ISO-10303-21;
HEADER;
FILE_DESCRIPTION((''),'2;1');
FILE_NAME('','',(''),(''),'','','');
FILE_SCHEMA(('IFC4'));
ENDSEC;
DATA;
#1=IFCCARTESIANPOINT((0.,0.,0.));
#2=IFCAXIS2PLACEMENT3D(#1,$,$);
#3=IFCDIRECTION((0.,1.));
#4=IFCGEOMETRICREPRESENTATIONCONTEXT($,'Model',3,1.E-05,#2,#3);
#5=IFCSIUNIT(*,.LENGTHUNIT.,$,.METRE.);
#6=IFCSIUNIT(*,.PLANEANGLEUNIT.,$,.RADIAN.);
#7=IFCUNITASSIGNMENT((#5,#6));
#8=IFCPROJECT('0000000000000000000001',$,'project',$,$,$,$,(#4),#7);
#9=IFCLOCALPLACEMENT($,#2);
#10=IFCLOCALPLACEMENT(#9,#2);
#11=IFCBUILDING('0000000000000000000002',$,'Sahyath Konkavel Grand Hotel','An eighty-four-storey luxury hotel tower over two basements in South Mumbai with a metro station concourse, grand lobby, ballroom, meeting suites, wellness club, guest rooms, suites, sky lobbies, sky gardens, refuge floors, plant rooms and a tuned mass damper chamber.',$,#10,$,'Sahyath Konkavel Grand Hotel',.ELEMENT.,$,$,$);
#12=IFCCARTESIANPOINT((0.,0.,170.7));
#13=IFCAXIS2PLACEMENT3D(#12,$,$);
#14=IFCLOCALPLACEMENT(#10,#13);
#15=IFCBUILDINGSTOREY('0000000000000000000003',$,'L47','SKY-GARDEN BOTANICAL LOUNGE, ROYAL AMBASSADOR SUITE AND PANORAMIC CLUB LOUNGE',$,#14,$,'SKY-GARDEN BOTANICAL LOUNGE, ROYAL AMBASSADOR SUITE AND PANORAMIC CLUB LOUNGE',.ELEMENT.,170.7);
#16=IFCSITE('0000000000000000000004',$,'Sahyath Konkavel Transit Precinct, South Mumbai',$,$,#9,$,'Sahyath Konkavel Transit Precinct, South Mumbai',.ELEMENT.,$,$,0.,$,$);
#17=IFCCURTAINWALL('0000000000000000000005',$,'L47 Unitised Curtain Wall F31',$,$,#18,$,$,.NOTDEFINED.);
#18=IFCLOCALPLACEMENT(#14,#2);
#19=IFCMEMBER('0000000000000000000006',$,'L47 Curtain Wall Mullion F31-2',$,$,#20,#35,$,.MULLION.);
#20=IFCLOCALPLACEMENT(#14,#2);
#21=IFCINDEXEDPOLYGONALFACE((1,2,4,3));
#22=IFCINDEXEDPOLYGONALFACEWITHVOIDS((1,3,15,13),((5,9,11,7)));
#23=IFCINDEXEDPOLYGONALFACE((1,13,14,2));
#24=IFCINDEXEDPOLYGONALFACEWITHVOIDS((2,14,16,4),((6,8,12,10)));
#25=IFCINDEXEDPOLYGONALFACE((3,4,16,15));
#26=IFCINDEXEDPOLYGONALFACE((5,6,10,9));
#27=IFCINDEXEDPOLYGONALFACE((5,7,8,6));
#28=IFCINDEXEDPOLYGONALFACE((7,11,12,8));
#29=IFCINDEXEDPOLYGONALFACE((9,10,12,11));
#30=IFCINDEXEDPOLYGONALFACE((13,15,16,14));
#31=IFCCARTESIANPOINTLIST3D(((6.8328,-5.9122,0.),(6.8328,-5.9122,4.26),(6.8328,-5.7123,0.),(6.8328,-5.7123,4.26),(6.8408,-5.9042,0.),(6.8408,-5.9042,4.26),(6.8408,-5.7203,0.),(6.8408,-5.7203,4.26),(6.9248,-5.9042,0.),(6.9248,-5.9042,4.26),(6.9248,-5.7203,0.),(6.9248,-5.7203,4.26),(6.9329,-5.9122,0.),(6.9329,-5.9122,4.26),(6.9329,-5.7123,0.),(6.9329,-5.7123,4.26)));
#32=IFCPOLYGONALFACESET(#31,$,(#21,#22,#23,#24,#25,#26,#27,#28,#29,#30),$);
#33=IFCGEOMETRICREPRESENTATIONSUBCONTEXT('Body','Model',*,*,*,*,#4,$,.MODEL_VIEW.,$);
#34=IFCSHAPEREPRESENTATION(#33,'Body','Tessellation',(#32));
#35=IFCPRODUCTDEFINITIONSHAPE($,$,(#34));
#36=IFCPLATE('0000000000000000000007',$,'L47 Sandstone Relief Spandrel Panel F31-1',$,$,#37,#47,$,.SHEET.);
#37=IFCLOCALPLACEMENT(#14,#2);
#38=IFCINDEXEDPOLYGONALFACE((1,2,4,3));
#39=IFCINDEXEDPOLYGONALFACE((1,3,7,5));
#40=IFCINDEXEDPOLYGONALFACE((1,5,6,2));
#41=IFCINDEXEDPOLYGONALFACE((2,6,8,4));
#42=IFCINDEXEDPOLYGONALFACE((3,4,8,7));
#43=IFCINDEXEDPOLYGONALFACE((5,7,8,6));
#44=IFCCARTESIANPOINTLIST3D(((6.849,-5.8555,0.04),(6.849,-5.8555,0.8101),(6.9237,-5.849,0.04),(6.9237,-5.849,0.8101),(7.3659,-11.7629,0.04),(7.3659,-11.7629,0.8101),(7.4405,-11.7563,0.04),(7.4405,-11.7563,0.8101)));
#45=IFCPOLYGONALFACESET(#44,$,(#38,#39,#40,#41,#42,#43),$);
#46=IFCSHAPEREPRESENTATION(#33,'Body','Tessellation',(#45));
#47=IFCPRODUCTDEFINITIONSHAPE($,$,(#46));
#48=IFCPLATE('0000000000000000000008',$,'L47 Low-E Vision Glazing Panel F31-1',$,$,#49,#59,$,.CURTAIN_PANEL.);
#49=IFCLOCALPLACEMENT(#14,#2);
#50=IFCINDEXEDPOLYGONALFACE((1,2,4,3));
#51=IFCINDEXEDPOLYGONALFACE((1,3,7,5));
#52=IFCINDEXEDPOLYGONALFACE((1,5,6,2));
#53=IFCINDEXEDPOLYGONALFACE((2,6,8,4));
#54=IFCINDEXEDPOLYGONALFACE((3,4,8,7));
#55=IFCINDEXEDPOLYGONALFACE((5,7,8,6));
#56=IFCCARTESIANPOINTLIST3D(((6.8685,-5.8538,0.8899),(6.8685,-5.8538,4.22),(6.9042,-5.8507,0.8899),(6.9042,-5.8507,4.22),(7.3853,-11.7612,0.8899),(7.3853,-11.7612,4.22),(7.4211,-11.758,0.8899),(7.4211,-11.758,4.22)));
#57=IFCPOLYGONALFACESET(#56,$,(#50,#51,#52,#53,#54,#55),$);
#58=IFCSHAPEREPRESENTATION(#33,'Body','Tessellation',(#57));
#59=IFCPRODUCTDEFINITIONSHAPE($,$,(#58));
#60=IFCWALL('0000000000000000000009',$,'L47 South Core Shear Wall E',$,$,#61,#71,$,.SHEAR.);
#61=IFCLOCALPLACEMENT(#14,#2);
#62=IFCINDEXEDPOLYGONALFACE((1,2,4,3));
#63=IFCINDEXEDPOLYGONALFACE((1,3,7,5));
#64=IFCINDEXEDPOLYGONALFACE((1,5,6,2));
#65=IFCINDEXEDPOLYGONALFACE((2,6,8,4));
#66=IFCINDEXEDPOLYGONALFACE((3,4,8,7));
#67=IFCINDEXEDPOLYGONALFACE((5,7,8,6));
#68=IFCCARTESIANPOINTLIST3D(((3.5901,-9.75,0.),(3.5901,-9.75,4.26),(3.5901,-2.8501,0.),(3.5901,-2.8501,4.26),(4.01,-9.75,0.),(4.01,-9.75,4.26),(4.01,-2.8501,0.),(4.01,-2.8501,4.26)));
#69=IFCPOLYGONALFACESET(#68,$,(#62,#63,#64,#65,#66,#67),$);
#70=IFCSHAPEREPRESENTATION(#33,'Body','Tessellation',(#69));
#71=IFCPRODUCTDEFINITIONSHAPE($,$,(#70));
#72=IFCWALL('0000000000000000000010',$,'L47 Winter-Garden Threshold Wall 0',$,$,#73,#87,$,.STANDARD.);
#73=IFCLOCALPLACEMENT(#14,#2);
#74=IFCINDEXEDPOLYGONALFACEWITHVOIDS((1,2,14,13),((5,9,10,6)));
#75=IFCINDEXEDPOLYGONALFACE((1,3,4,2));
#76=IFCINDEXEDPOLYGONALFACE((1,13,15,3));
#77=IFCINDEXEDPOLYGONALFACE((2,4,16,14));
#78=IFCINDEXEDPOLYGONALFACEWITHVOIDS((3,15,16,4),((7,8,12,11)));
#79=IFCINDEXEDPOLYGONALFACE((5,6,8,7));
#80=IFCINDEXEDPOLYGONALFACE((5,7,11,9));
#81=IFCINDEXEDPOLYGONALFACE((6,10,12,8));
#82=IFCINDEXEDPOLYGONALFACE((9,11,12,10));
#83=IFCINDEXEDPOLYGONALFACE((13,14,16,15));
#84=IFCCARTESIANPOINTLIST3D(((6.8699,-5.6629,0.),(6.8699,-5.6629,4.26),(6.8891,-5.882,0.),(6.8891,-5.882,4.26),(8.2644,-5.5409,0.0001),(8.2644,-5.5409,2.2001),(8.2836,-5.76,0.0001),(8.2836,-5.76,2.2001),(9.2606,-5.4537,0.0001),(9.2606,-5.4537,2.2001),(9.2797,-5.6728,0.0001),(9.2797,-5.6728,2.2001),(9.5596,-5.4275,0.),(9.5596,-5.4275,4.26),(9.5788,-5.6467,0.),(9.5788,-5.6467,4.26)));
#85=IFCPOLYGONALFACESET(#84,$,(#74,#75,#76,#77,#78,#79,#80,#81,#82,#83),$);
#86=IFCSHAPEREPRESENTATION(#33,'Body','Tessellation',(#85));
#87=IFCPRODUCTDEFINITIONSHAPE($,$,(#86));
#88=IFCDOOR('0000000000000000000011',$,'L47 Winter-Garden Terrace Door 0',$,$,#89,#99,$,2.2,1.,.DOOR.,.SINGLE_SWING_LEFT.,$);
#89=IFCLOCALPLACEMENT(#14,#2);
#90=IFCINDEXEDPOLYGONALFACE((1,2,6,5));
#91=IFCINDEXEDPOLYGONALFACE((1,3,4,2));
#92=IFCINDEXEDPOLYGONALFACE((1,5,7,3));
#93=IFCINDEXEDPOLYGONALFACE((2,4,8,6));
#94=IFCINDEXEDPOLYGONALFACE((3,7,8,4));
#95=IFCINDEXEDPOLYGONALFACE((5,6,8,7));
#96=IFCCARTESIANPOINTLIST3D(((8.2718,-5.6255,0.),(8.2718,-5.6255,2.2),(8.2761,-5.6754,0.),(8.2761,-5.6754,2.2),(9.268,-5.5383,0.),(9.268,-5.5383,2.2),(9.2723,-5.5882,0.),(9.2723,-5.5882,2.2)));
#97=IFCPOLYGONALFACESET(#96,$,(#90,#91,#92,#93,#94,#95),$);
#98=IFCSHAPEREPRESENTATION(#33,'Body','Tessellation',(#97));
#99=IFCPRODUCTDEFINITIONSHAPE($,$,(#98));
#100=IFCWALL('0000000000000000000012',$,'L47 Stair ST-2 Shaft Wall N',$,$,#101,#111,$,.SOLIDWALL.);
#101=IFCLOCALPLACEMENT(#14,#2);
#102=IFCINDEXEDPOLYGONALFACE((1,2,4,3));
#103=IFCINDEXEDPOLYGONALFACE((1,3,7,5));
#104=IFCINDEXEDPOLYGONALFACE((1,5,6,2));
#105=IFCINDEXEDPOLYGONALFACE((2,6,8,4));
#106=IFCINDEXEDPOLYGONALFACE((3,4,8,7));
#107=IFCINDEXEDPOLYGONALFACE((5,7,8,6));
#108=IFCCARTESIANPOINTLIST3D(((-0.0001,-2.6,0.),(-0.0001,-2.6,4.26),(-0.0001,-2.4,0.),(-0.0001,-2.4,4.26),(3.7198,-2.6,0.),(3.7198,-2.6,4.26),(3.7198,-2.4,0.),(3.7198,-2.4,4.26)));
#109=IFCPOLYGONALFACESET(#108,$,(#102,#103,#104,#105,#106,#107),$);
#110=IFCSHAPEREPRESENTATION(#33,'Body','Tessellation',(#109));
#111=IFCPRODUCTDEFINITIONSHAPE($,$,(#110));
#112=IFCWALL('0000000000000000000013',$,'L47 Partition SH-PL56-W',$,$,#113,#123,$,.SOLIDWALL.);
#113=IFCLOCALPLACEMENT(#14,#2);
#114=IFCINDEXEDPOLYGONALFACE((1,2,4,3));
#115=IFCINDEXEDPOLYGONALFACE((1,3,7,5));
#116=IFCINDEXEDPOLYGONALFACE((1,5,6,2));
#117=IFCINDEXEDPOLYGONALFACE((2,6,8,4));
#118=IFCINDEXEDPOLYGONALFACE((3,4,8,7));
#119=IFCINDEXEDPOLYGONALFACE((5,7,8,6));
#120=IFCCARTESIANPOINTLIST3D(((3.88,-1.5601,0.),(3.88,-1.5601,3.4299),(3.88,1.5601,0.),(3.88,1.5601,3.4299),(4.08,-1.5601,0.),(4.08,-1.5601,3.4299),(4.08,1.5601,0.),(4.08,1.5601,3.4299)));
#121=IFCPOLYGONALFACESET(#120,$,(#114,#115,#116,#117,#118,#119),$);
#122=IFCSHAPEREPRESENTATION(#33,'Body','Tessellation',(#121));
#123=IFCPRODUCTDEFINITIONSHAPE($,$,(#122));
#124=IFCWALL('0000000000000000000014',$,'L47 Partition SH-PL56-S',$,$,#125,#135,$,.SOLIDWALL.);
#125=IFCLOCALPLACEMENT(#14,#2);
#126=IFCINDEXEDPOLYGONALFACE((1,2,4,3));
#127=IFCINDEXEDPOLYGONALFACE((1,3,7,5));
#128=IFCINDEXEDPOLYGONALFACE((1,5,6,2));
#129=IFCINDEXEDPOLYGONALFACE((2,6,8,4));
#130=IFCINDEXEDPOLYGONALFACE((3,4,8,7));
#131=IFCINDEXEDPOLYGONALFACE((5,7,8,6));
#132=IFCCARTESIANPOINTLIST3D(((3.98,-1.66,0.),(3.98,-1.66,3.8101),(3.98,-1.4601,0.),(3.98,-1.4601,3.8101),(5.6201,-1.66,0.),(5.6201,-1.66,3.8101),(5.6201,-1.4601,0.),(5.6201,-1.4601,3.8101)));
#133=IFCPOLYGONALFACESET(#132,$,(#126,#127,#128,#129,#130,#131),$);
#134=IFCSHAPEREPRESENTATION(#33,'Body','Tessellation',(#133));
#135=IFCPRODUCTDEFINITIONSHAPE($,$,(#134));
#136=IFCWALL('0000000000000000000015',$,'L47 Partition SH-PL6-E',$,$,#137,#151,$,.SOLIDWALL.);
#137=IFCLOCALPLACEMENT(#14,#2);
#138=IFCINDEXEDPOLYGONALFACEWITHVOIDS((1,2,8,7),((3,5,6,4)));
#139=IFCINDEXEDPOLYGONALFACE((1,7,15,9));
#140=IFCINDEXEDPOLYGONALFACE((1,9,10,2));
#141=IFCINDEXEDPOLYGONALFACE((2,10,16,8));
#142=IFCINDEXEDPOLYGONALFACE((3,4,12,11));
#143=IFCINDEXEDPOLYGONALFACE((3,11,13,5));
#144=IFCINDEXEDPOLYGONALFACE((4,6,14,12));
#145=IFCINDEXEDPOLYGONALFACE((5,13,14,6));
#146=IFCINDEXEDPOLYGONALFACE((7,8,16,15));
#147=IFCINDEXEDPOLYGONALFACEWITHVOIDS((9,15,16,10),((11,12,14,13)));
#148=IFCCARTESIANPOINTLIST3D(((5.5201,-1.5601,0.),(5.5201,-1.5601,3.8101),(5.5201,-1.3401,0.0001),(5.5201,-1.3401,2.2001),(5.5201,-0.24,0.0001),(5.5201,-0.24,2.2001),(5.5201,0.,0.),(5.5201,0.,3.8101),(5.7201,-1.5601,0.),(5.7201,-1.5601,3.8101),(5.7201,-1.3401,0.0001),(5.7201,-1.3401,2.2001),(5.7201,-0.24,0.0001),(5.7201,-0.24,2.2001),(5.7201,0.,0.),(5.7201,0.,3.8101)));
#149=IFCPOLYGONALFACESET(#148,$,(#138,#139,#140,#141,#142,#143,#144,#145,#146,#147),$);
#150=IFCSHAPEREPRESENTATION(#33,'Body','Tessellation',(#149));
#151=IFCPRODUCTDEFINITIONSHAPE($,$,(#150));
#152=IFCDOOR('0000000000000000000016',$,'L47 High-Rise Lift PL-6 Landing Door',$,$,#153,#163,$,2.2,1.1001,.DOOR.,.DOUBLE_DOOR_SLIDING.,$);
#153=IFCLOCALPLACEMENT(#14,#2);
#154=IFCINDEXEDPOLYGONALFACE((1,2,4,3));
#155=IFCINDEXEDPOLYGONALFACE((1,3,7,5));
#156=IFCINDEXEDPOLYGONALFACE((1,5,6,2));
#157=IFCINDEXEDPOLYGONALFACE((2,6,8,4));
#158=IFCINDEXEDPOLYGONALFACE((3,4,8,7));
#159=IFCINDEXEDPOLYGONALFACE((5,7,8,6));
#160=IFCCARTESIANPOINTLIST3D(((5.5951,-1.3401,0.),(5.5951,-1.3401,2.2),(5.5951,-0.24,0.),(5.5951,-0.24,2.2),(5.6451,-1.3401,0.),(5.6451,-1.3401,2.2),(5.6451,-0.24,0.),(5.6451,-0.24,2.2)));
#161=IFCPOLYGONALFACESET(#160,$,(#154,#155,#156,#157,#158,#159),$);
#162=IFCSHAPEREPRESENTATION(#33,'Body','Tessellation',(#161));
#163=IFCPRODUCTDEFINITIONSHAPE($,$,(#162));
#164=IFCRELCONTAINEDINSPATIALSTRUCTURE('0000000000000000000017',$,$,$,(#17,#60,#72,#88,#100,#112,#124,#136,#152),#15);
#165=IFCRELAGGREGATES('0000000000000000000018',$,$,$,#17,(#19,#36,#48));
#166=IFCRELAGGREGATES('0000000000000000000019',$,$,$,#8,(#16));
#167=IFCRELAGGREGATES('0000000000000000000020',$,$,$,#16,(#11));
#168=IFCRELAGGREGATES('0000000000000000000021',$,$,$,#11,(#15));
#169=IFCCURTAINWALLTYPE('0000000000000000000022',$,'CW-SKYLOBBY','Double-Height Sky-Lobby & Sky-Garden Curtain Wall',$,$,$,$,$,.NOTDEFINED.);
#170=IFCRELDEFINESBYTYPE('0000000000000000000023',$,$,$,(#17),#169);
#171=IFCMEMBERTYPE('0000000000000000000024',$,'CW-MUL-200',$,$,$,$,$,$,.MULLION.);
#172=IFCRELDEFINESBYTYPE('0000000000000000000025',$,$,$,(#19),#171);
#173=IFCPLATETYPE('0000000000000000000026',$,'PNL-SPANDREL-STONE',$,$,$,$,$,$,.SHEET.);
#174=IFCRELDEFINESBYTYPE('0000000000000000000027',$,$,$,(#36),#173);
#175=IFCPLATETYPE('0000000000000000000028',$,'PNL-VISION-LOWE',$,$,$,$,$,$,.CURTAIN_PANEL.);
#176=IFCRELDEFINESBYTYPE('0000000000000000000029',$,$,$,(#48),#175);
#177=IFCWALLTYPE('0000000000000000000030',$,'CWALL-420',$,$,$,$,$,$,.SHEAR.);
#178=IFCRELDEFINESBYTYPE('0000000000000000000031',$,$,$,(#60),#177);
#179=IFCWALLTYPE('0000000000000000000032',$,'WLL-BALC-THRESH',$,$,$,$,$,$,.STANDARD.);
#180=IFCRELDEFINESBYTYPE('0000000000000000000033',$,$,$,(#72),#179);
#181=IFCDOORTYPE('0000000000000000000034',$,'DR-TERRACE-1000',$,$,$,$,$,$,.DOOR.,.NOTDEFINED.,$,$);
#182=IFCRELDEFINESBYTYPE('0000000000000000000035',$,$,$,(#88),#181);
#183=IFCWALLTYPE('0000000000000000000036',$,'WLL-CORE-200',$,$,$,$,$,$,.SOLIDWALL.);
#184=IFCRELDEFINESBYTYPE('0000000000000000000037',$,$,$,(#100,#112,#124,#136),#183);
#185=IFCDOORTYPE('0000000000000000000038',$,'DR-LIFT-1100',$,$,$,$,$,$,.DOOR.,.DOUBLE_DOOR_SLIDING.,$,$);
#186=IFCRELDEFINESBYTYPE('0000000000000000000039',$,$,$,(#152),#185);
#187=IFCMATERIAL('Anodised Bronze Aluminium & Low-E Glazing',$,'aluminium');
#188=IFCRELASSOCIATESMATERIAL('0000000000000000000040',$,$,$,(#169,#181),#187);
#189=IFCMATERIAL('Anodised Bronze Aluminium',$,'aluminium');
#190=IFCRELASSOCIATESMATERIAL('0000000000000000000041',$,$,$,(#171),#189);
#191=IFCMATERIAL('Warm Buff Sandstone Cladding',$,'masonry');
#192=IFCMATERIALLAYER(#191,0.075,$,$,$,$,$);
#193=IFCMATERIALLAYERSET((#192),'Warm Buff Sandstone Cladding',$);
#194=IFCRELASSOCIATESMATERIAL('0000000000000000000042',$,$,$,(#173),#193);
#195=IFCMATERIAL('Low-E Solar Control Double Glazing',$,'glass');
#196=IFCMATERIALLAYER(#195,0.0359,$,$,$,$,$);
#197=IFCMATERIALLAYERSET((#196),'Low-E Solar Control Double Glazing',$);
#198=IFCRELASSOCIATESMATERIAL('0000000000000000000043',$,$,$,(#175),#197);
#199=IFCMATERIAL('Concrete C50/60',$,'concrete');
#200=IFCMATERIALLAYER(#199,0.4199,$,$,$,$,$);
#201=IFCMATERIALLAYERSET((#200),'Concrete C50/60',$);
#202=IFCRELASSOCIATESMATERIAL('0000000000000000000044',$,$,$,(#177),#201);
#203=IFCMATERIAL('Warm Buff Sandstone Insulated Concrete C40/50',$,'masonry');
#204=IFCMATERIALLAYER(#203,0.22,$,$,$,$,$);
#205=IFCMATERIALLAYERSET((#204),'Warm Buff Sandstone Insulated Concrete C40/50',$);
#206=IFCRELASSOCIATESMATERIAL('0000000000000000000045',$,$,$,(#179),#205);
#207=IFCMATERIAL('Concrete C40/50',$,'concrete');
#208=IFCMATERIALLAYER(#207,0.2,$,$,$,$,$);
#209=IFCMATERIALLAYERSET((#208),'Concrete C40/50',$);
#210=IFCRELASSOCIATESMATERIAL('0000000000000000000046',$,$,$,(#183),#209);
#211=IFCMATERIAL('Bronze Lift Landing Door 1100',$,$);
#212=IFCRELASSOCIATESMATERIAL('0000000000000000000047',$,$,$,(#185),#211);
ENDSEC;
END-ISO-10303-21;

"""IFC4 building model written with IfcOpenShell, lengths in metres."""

from ifc_helpers import new_model, si_unit, direction, frame, frame_2d, origin, origin_2d, place, context, subcontext, project, spatial, rectangle, hollow_rectangle, extrude, source, transform, mapped, material, layer, layer_set, material_profile, profile_set, type_object, element, fill, aggregate, save


model = new_model("IFC4")

# Units and contexts
model_context = context("Model", 3, precision=1e-05, world=origin(), true_north=direction((0.0, 1.0)))
body_context = subcontext(model_context, "Body", "Model", "MODEL_VIEW")
ifc_project = project(units=[si_unit("LENGTHUNIT", "METRE"), si_unit("PLANEANGLEUNIT", "RADIAN")], contexts=[model_context])

# Site, building, storey
site_placement = place(None, origin())
site = spatial("IfcSite", under=ifc_project, at=site_placement, Name="Sahyath Konkavel Transit Precinct, South Mumbai", LongName="Sahyath Konkavel Transit Precinct, South Mumbai", CompositionType="ELEMENT", RefElevation=0.0)
building_placement = place(site_placement, origin())
building = spatial("IfcBuilding", under=site, at=building_placement, Name="Sahyath Konkavel Grand Hotel", Description="An eighty-four-storey luxury hotel tower over two basements in South Mumbai with a metro station concourse, grand lobby, ballroom, meeting suites, wellness club, guest rooms, suites, sky lobbies, sky gardens, refuge floors, plant rooms and a tuned mass damper chamber.", LongName="Sahyath Konkavel Grand Hotel", CompositionType="ELEMENT")
storey_placement = place(building_placement, frame((0.0, 0.0, 170.7)))
storey = spatial("IfcBuildingStorey", under=building, at=storey_placement, Name="L47", Description="SKY-GARDEN BOTANICAL LOUNGE, ROYAL AMBASSADOR SUITE AND PANORAMIC CLUB LOUNGE", LongName="SKY-GARDEN BOTANICAL LOUNGE, ROYAL AMBASSADOR SUITE AND PANORAMIC CLUB LOUNGE", CompositionType="ELEMENT", Elevation=170.7)

# Shared definitions
ifc_material_1 = material(Name="Concrete C50/60", Category="concrete")

# Curtain wall, member, plates
ifc_material_2 = material(Name="Anodised Bronze Aluminium & Low-E Glazing", Category="aluminium")
curtain_wall_type = type_object("IfcCurtainWallType", Name="CW-SKYLOBBY", Description="Double-Height Sky-Lobby & Sky-Garden Curtain Wall", PredefinedType="NOTDEFINED", material=ifc_material_2)
curtain_wall_placement = place(storey_placement, origin())
curtain_wall = element("IfcCurtainWall", 1, at=curtain_wall_placement, inside=storey, type_object=curtain_wall_type, Name="L47 Unitised Curtain Wall F31", PredefinedType="NOTDEFINED")
ifc_material_3 = material(Name="Anodised Bronze Aluminium", Category="aluminium")
ifc_material_profile_1 = material_profile(ifc_material_3, hollow_rectangle(XDim=0.1001, YDim=0.2, WallThickness=0.0081, at=origin_2d()), Name="RHS 200x100x8")
ifc_profile_set_1 = profile_set([ifc_material_profile_1], Name="Anodised Bronze Aluminium")
member_type = type_object("IfcMemberType", Name="CW-MUL-200", PredefinedType="MULLION", material=ifc_profile_set_1)
shared_shape_1 = source(origin(), body_context, "Body", "SweptSolid", [
    extrude(hollow_rectangle(XDim=0.1001, YDim=0.2, WallThickness=0.0081, at=origin_2d()), origin(), (0.0, 0.0, 1.0), 4.26),
])
member_placement = place(storey_placement, frame((6.8828, -5.8123, 0.0), z_axis=(0.0, 0.0, 1.0), x_axis=(1.0, 0.0, 0.0)))
member = element("IfcMember", 2, at=member_placement, type_object=member_type, Name="L47 Curtain Wall Mullion F31-2", PredefinedType="MULLION", context=body_context, shape_type="MappedRepresentation", body=[
    mapped(shared_shape_1, transform((0.0, 0.0, 0.0), scale=1.0)),
])
ifc_material_4 = material(Name="Warm Buff Sandstone Cladding", Category="masonry")
ifc_layer_1 = layer(ifc_material_4, 0.075)
ifc_layer_set_1 = layer_set([ifc_layer_1], Name="Warm Buff Sandstone Cladding")
plate_type_1 = type_object("IfcPlateType", Name="PNL-SPANDREL-STONE", PredefinedType="SHEET", material=ifc_layer_set_1)
shared_shape_2 = source(origin(), body_context, "Body", "SweptSolid", [
    extrude(rectangle(XDim=5.9299, YDim=0.075, at=origin_2d()), origin(), (0.0, 0.0, 1.0), 0.77),
])
plate_1_placement = place(storey_placement, frame((7.1448, -8.8059, 0.04), z_axis=(0.0, 0.0, 1.0), x_axis=(-0.087156, 0.996195, 0.0)))
plate_1 = element("IfcPlate", 3, at=plate_1_placement, type_object=plate_type_1, Name="L47 Sandstone Relief Spandrel Panel F31-1", PredefinedType="SHEET", context=body_context, shape_type="MappedRepresentation", body=[
    mapped(shared_shape_2, transform((0.0, 0.0, 0.0), scale=1.0)),
])
ifc_material_5 = material(Name="Low-E Solar Control Double Glazing", Category="glass")
ifc_layer_2 = layer(ifc_material_5, 0.0359)
ifc_layer_set_2 = layer_set([ifc_layer_2], Name="Low-E Solar Control Double Glazing")
plate_type_2 = type_object("IfcPlateType", Name="PNL-VISION-LOWE", PredefinedType="CURTAIN_PANEL", material=ifc_layer_set_2)
shared_shape_3 = source(origin(), body_context, "Body", "SweptSolid", [
    extrude(rectangle(XDim=5.9299, YDim=0.0359, at=origin_2d()), origin(), (0.0, 0.0, 1.0), 3.3301),
])
plate_2_placement = place(storey_placement, frame((7.1448, -8.8059, 0.8899), z_axis=(0.0, 0.0, 1.0), x_axis=(-0.087156, 0.996195, 0.0)))
plate_2 = element("IfcPlate", 4, at=plate_2_placement, type_object=plate_type_2, Name="L47 Low-E Vision Glazing Panel F31-1", PredefinedType="CURTAIN_PANEL", context=body_context, shape_type="MappedRepresentation", body=[
    mapped(shared_shape_3, transform((0.0, 0.0, 0.0), scale=1.0)),
])
aggregate(curtain_wall, [member, plate_1, plate_2])

# Wall
ifc_layer_3 = layer(ifc_material_1, 0.4199)
ifc_layer_set_3 = layer_set([ifc_layer_3], Name="Concrete C50/60")
wall_type_1 = type_object("IfcWallType", Name="CWALL-420", PredefinedType="SHEAR", material=ifc_layer_set_3)
wall_1_placement = place(storey_placement, frame((3.8, -9.75, 0.0), z_axis=(0.0, 0.0, 1.0), x_axis=(0.0, 1.0, 0.0)))
element("IfcWall", 5, at=wall_1_placement, inside=storey, type_object=wall_type_1, Name="L47 South Core Shear Wall E", PredefinedType="SHEAR", context=body_context, shape_type="SweptSolid", body=[
    extrude(rectangle(XDim=6.8999, YDim=0.4199, at=frame_2d((3.45, 0.0))), origin(), (0.0, 0.0, 1.0), 4.26),
])

# Wall, opening, door
ifc_material_6 = material(Name="Warm Buff Sandstone Insulated Concrete C40/50", Category="masonry")
ifc_layer_4 = layer(ifc_material_6, 0.22)
ifc_layer_set_4 = layer_set([ifc_layer_4], Name="Warm Buff Sandstone Insulated Concrete C40/50")
wall_type_2 = type_object("IfcWallType", Name="WLL-BALC-THRESH", PredefinedType="STANDARD", material=ifc_layer_set_4)
wall_2_placement = place(storey_placement, frame((6.8794, -5.7725, 0.0), z_axis=(0.0, 0.0, 1.0), x_axis=(0.996194, 0.087168, 0.0)))
wall_2 = element("IfcWall", 6, at=wall_2_placement, inside=storey, type_object=wall_type_2, Name="L47 Winter-Garden Threshold Wall 0", PredefinedType="STANDARD", context=body_context, shape_type="SweptSolid", body=[
    extrude(rectangle(XDim=2.7, YDim=0.22, at=frame_2d((1.3501, 0.0))), origin(), (0.0, 0.0, 1.0), 4.26),
])
opening_1_placement = place(wall_2_placement, frame((1.3999, 0.0, 0.0)))
opening_1 = element("IfcOpeningElement", 7, at=opening_1_placement, cuts=wall_2, PredefinedType="OPENING", context=body_context, shape_type="SweptSolid", body=[
    extrude(rectangle(XDim=1.0, YDim=2.2, at=frame_2d((0.5, 1.1001))), frame((0.0, 0.1201, 0.0), z_axis=(0.0, -1.0, 0.0), x_axis=(1.0, 0.0, 0.0)), (0.0, 0.0, 1.0), 0.24),
])
door_type_1 = type_object("IfcDoorType", Name="DR-TERRACE-1000", OperationType="NOTDEFINED", PredefinedType="DOOR", material=ifc_material_2)
shared_shape_4 = source(origin(), body_context, "Body", "SweptSolid", [
    extrude(rectangle(XDim=1.0, YDim=0.05, at=origin_2d()), origin(), (0.0, 0.0, 1.0), 2.2),
])
door_1_placement = place(opening_1_placement, frame((0.5, 0.0, 0.0)))
door_1 = element("IfcDoor", 8, at=door_1_placement, inside=storey, type_object=door_type_1, Name="L47 Winter-Garden Terrace Door 0", OperationType="SINGLE_SWING_LEFT", OverallHeight=2.2, OverallWidth=1.0, PredefinedType="DOOR", context=body_context, shape_type="MappedRepresentation", body=[
    mapped(shared_shape_4, transform((0.0, 0.0, 0.0), scale=1.0)),
])
fill(opening_1, door_1)

# Walls
ifc_material_7 = material(Name="Concrete C40/50", Category="concrete")
ifc_layer_5 = layer(ifc_material_7, 0.2)
ifc_layer_set_5 = layer_set([ifc_layer_5], Name="Concrete C40/50")
wall_type_3 = type_object("IfcWallType", Name="WLL-CORE-200", PredefinedType="SOLIDWALL", material=ifc_layer_set_5)
wall_3_placement = place(storey_placement, frame((0.0, -2.5, 0.0), z_axis=(0.0, 0.0, 1.0), x_axis=(1.0, 0.0, 0.0)))
element("IfcWall", 9, at=wall_3_placement, inside=storey, type_object=wall_type_3, Name="L47 Stair ST-2 Shaft Wall N", PredefinedType="SOLIDWALL", context=body_context, shape_type="SweptSolid", body=[
    extrude(rectangle(XDim=3.72, YDim=0.2, at=frame_2d((1.8599, 0.0))), origin(), (0.0, 0.0, 1.0), 4.26),
])
wall_4_placement = place(storey_placement, frame((3.98, -1.5601, 0.0), z_axis=(0.0, 0.0, 1.0), x_axis=(0.0, 1.0, 0.0)))
element("IfcWall", 10, at=wall_4_placement, inside=storey, type_object=wall_type_3, Name="L47 Partition SH-PL56-W", PredefinedType="SOLIDWALL", context=body_context, shape_type="SweptSolid", body=[
    extrude(rectangle(XDim=3.1201, YDim=0.2, at=frame_2d((1.5601, 0.0))), origin(), (0.0, 0.0, 1.0), 3.4299),
])
wall_5_placement = place(storey_placement, frame((3.98, -1.5601, 0.0), z_axis=(0.0, 0.0, 1.0), x_axis=(1.0, 0.0, 0.0)))
element("IfcWall", 11, at=wall_5_placement, inside=storey, type_object=wall_type_3, Name="L47 Partition SH-PL56-S", PredefinedType="SOLIDWALL", context=body_context, shape_type="SweptSolid", body=[
    extrude(rectangle(XDim=1.6401, YDim=0.2, at=frame_2d((0.8201, 0.0))), origin(), (0.0, 0.0, 1.0), 3.8101),
])

# Wall, opening, door
wall_6_placement = place(storey_placement, frame((5.6201, -1.5601, 0.0), z_axis=(0.0, 0.0, 1.0), x_axis=(0.0, 1.0, 0.0)))
wall_6 = element("IfcWall", 12, at=wall_6_placement, inside=storey, type_object=wall_type_3, Name="L47 Partition SH-PL6-E", PredefinedType="SOLIDWALL", context=body_context, shape_type="SweptSolid", body=[
    extrude(rectangle(XDim=1.5601, YDim=0.2, at=frame_2d((0.78, 0.0))), origin(), (0.0, 0.0, 1.0), 3.8101),
])
opening_2_placement = place(wall_6_placement, frame((0.22, 0.0, 0.0)))
opening_2 = element("IfcOpeningElement", 13, at=opening_2_placement, cuts=wall_6, PredefinedType="OPENING", context=body_context, shape_type="SweptSolid", body=[
    extrude(rectangle(XDim=1.1001, YDim=2.2, at=frame_2d((0.55, 1.1001))), frame((0.0, 0.1099, 0.0), z_axis=(0.0, -1.0, 0.0), x_axis=(1.0, 0.0, 0.0)), (0.0, 0.0, 1.0), 0.22),
])
ifc_material_8 = material(Name="Bronze Lift Landing Door 1100")
door_type_2 = type_object("IfcDoorType", Name="DR-LIFT-1100", OperationType="DOUBLE_DOOR_SLIDING", PredefinedType="DOOR", material=ifc_material_8)
shared_shape_5 = source(origin(), body_context, "Body", "SweptSolid", [
    extrude(rectangle(XDim=1.1001, YDim=0.05, at=origin_2d()), origin(), (0.0, 0.0, 1.0), 2.2),
])
door_2_placement = place(opening_2_placement, frame((0.55, 0.0, 0.0)))
door_2 = element("IfcDoor", 14, at=door_2_placement, inside=storey, type_object=door_type_2, Name="L47 High-Rise Lift PL-6 Landing Door", OperationType="DOUBLE_DOOR_SLIDING", OverallHeight=2.2, OverallWidth=1.1001, PredefinedType="DOOR", context=body_context, shape_type="MappedRepresentation", body=[
    mapped(shared_shape_5, transform((0.0, 0.0, 0.0), scale=1.0)),
])
fill(opening_2, door_2)

save(model, "model.ifc")
